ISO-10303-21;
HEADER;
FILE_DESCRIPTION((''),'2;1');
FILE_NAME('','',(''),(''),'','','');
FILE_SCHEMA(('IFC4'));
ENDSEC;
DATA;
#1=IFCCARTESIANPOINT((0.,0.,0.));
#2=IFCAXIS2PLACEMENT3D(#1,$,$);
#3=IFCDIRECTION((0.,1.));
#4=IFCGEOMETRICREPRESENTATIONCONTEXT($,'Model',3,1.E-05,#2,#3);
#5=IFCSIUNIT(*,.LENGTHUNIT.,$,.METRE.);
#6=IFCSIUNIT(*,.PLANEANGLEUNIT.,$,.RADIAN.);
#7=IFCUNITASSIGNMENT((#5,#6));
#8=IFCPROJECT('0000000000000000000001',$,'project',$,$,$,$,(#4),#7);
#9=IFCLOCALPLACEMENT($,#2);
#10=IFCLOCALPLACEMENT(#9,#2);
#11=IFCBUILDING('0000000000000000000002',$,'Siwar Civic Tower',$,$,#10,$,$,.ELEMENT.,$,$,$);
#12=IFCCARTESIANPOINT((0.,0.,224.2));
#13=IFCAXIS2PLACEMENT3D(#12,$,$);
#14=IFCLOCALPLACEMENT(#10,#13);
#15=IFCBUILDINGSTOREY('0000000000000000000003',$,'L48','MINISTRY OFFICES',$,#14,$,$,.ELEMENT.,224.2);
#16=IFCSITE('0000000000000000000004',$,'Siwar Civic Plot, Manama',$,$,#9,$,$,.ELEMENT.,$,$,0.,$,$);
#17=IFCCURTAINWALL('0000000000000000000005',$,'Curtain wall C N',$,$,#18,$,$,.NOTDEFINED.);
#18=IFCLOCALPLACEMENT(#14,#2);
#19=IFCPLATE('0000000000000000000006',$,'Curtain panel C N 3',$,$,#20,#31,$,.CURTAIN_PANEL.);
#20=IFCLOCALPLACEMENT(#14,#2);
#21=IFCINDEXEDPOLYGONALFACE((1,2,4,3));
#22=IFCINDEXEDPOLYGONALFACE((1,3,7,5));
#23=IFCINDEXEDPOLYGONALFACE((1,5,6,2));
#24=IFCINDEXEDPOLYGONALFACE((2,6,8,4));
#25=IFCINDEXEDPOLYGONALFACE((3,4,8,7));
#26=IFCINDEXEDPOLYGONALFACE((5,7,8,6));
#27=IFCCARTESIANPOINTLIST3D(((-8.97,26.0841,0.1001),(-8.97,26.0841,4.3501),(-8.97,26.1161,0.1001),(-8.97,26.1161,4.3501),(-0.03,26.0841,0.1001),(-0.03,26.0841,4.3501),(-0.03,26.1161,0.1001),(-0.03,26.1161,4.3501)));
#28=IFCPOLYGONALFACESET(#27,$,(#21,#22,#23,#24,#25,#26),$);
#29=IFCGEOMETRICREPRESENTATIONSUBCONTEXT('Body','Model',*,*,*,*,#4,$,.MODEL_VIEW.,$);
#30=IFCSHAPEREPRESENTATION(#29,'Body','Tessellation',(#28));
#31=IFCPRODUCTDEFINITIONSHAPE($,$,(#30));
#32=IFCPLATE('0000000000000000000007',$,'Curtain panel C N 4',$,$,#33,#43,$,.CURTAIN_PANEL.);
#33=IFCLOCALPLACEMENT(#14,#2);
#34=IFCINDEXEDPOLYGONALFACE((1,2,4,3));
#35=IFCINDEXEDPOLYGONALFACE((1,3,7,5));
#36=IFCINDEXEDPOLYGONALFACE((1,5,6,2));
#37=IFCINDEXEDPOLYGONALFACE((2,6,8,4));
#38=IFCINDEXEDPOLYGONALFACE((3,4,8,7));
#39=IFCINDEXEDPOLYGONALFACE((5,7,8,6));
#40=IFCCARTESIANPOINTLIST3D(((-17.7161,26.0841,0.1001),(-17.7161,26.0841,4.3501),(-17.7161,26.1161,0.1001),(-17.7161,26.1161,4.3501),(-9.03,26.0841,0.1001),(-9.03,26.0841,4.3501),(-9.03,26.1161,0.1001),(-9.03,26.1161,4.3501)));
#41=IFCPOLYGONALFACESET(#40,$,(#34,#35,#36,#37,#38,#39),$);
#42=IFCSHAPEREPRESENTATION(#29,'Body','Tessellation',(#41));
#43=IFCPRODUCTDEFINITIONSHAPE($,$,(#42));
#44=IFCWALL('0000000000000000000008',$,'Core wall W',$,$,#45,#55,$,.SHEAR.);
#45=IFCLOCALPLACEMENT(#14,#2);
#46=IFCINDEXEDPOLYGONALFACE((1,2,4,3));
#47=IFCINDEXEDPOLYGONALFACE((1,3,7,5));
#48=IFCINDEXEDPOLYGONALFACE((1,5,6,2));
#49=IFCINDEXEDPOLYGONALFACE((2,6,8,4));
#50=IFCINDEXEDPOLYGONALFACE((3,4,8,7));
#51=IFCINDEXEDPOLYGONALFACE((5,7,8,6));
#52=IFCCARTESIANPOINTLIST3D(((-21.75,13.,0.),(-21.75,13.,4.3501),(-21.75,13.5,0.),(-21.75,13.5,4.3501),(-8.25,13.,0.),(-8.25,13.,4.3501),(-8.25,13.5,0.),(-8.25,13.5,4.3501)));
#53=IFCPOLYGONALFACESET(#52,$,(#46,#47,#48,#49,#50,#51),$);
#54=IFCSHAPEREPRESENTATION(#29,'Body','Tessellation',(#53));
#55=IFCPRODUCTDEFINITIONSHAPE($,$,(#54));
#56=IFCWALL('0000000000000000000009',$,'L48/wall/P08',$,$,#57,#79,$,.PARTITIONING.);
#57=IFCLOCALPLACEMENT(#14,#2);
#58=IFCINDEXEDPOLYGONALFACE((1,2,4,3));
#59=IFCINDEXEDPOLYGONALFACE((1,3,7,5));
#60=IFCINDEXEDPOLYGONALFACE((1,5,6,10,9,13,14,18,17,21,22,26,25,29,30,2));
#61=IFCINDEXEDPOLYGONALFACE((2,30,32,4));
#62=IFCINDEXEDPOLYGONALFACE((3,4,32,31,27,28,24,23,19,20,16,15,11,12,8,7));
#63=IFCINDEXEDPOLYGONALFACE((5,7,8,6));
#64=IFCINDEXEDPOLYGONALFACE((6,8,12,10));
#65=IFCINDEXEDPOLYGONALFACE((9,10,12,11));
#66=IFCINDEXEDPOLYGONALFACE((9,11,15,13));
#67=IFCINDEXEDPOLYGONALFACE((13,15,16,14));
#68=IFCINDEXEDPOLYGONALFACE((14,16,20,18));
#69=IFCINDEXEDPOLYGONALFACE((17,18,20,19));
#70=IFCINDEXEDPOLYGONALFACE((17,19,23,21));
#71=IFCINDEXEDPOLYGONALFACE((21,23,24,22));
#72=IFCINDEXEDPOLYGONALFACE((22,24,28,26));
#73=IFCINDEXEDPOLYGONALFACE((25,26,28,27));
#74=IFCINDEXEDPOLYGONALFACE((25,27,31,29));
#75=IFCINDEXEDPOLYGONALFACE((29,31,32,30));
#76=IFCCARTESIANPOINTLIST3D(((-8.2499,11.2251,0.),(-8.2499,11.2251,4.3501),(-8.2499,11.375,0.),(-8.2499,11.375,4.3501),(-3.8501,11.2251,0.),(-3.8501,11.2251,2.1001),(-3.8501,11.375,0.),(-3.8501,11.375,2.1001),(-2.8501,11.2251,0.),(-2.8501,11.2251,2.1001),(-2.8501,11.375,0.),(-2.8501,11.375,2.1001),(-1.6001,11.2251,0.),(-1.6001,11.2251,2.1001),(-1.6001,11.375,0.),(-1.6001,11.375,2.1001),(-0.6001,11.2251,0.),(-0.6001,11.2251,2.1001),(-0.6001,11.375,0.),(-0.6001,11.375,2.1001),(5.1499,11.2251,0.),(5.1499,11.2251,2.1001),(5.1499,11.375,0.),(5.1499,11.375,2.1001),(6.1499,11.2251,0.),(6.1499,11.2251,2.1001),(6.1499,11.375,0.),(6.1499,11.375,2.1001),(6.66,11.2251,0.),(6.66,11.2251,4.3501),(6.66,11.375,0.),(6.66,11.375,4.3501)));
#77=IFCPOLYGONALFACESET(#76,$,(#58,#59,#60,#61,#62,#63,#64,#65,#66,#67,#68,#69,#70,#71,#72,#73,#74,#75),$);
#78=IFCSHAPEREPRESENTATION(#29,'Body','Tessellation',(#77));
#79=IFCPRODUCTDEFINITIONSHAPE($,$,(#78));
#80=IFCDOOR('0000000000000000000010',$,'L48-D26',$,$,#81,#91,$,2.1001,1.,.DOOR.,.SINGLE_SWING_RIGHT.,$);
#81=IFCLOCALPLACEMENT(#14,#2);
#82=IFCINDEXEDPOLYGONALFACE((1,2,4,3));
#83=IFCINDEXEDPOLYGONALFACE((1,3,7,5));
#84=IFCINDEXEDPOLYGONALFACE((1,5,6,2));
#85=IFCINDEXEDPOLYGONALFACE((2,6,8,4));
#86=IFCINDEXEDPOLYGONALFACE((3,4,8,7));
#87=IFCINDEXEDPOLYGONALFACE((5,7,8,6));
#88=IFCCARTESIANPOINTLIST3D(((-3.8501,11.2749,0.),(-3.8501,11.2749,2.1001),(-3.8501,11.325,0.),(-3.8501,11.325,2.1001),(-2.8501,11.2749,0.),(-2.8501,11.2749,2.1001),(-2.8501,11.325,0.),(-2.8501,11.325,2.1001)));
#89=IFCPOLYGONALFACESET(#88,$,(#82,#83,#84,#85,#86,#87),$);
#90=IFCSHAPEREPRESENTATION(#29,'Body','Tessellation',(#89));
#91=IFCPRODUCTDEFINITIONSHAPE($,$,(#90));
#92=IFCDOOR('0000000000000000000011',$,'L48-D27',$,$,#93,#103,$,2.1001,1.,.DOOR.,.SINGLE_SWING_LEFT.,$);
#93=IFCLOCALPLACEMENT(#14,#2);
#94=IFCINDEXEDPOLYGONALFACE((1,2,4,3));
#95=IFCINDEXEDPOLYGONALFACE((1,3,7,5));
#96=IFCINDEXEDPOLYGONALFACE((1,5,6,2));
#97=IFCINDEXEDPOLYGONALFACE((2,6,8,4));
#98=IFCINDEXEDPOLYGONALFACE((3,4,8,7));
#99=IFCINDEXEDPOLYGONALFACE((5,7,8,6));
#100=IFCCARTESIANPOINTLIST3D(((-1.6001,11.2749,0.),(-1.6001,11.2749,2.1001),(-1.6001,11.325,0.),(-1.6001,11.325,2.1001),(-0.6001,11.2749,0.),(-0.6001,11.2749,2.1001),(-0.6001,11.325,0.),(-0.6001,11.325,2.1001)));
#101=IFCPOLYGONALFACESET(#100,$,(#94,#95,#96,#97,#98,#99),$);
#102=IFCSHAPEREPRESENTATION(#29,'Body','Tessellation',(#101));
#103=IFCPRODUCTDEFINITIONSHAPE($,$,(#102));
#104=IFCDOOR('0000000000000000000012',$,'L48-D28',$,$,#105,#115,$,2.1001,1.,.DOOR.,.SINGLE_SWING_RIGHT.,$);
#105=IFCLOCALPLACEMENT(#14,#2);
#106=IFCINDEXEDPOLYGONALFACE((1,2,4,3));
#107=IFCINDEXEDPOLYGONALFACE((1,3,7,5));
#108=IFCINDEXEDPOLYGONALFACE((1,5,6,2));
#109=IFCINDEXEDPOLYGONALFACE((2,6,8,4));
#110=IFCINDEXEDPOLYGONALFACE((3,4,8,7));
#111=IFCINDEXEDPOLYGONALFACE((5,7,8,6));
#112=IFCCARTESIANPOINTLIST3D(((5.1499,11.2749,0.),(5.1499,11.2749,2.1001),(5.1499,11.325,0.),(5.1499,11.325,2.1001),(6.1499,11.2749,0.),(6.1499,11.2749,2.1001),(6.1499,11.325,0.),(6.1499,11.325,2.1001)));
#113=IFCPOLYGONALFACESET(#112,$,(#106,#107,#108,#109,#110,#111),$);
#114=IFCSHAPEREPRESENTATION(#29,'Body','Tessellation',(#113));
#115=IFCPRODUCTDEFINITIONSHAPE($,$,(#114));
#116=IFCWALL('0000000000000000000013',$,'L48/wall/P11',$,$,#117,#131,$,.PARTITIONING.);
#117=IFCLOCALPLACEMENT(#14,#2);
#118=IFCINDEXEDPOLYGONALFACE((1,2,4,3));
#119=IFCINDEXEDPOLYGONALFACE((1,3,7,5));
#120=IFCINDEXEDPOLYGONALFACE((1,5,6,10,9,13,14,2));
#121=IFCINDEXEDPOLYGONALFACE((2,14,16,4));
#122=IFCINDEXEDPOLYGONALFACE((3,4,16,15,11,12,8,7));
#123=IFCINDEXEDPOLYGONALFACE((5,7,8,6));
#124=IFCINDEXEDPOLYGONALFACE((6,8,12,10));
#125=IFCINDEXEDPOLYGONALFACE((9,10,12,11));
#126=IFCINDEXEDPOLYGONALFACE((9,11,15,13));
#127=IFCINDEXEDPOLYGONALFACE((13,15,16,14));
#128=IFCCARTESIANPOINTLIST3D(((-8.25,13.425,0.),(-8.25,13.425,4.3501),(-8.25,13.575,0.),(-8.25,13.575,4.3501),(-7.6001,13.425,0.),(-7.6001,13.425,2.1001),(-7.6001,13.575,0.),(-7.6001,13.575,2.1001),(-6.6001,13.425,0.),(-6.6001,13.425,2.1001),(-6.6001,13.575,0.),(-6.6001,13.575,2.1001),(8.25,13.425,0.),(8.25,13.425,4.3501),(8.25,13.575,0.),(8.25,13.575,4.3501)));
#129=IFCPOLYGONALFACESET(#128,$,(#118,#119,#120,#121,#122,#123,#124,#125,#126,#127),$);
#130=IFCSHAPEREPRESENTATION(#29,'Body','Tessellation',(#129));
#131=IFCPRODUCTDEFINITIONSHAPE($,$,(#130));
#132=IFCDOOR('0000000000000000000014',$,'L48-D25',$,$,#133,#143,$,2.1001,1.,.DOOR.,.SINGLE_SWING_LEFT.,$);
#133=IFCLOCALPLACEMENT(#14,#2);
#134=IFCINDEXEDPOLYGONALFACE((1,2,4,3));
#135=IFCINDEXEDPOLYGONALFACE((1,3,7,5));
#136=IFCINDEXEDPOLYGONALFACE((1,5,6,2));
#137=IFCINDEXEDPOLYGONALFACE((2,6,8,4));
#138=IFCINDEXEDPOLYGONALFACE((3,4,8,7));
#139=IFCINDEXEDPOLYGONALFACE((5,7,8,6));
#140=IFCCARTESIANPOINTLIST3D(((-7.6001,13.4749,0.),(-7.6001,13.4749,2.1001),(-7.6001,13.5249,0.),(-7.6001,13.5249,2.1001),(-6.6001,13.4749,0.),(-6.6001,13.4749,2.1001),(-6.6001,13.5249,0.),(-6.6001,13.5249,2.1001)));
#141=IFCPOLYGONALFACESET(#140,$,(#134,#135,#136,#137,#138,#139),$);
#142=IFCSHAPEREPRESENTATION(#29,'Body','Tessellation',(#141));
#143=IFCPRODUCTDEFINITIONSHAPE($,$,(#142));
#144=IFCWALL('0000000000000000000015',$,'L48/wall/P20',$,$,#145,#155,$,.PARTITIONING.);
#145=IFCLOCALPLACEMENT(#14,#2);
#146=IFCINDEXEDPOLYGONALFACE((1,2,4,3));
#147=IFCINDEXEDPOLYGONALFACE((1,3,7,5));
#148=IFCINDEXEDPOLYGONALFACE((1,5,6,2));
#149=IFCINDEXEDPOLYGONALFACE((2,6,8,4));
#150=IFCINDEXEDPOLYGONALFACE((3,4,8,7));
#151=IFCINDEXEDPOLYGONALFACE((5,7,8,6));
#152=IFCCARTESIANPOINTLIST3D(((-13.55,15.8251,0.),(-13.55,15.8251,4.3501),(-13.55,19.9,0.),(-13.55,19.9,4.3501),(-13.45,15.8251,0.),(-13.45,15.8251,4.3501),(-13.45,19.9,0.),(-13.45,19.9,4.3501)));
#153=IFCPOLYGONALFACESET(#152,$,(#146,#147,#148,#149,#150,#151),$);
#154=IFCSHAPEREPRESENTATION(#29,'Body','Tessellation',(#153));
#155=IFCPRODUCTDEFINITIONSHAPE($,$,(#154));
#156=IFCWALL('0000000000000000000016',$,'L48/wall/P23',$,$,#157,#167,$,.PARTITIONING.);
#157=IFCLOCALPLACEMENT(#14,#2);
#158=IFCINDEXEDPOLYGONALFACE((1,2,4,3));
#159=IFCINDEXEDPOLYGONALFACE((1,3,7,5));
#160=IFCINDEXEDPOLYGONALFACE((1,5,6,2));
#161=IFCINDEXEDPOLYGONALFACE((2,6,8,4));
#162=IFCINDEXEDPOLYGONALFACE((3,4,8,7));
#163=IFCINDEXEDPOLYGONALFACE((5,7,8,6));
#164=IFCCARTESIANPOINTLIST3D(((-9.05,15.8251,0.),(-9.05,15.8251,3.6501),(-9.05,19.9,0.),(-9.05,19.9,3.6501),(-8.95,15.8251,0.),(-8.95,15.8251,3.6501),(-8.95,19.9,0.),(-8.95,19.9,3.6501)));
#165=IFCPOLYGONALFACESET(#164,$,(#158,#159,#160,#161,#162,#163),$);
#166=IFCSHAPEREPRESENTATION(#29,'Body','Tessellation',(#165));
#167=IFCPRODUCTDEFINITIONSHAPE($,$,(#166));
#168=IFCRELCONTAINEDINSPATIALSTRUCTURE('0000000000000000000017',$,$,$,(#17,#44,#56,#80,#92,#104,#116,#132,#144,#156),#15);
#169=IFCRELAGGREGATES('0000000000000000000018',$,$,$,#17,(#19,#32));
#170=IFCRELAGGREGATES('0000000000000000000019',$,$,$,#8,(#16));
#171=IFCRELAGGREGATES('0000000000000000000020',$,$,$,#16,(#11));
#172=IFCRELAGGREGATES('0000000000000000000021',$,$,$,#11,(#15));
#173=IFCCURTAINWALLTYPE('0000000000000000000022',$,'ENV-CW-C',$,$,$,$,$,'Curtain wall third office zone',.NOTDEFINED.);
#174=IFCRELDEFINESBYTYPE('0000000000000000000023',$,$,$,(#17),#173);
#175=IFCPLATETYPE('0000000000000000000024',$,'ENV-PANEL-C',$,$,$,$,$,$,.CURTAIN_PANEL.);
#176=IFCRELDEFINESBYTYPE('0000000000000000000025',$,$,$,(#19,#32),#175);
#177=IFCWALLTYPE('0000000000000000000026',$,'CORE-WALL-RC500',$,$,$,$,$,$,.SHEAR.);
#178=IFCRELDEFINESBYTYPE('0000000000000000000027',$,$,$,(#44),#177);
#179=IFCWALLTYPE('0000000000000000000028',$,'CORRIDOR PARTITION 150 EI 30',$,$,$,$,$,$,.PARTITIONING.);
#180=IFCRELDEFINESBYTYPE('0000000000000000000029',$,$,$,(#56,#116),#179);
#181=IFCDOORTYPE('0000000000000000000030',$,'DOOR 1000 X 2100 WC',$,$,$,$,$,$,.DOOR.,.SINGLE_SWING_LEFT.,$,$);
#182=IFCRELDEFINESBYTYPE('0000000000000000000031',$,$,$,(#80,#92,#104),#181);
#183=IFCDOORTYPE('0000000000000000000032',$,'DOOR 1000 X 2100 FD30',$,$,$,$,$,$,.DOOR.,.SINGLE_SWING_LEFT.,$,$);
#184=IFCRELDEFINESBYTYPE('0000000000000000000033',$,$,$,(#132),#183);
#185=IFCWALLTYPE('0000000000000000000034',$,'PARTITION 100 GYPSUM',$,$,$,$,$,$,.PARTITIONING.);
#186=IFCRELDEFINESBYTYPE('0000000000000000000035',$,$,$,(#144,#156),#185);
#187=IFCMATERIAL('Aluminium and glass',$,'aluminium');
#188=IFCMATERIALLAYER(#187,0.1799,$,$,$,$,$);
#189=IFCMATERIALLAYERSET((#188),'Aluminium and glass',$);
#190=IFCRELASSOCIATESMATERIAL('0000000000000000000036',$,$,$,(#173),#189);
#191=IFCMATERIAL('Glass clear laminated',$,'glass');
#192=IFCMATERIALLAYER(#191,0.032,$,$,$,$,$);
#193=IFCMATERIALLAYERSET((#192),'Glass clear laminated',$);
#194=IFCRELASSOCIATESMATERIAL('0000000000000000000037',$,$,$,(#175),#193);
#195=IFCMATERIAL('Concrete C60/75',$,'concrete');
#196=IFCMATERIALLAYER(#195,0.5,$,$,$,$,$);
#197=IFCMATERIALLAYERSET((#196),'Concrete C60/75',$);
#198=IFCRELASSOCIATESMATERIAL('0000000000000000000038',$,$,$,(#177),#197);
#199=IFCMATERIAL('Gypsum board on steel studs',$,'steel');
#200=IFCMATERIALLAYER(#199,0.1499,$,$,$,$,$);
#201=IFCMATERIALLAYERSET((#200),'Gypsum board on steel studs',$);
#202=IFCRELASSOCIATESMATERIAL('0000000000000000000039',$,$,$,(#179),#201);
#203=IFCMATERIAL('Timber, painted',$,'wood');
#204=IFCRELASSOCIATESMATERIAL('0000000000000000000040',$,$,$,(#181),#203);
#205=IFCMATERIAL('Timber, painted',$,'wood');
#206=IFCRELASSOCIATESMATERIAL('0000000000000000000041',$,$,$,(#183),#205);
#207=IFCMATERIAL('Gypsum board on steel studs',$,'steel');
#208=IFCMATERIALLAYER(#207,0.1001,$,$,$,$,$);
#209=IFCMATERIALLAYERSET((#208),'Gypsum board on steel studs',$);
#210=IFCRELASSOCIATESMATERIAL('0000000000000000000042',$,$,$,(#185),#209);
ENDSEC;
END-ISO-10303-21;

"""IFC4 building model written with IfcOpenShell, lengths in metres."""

from ifc_helpers import new_model, si_unit, direction, frame, frame_2d, origin, origin_2d, place, context, subcontext, project, spatial, rectangle, extrude, material, layer, layer_set, type_object, element, fill, aggregate, save


model = new_model("IFC4")

# Units and contexts
model_context = context("Model", 3, precision=1e-05, world=origin(), true_north=direction((0.0, 1.0)))
body_context = subcontext(model_context, "Body", "Model", "MODEL_VIEW")
ifc_project = project(units=[si_unit("LENGTHUNIT", "METRE"), si_unit("PLANEANGLEUNIT", "RADIAN")], contexts=[model_context])

# Site, building, storey
site_placement = place(None, origin())
site = spatial("IfcSite", under=ifc_project, at=site_placement, Name="Siwar Civic Plot, Manama", CompositionType="ELEMENT", RefElevation=0.0)
building_placement = place(site_placement, origin())
building = spatial("IfcBuilding", under=site, at=building_placement, Name="Siwar Civic Tower", CompositionType="ELEMENT")
storey_placement = place(building_placement, frame((0.0, 0.0, 224.2)))
storey = spatial("IfcBuildingStorey", under=building, at=storey_placement, Name="L48", Description="MINISTRY OFFICES", CompositionType="ELEMENT", Elevation=224.2)

# Curtain wall
ifc_material_1 = material(Name="Aluminium and glass", Category="aluminium")
ifc_layer_1 = layer(ifc_material_1, 0.1799)
ifc_layer_set_1 = layer_set([ifc_layer_1], Name="Aluminium and glass")
curtain_wall_type = type_object("IfcCurtainWallType", Name="ENV-CW-C", ElementType="Curtain wall third office zone", PredefinedType="NOTDEFINED", material=ifc_layer_set_1)
curtain_wall_placement = place(storey_placement, origin())
curtain_wall = element("IfcCurtainWall", 1, at=curtain_wall_placement, inside=storey, type_object=curtain_wall_type, Name="Curtain wall C N", PredefinedType="NOTDEFINED")

# Plates
ifc_material_2 = material(Name="Glass clear laminated", Category="glass")
ifc_layer_2 = layer(ifc_material_2, 0.032)
ifc_layer_set_2 = layer_set([ifc_layer_2], Name="Glass clear laminated")
plate_type = type_object("IfcPlateType", Name="ENV-PANEL-C", PredefinedType="CURTAIN_PANEL", material=ifc_layer_set_2)
plate_1_placement = place(storey_placement, frame((-4.5, 26.1001, 0.1001), z_axis=(0.0, 0.0, 1.0), x_axis=(-1.0, 0.0, 0.0)))
plate_1 = element("IfcPlate", 2, at=plate_1_placement, type_object=plate_type, Name="Curtain panel C N 3", PredefinedType="CURTAIN_PANEL", context=body_context, shape_type="SweptSolid", body=[
    extrude(rectangle(XDim=8.9399, YDim=0.032, at=origin_2d()), origin(), (0.0, 0.0, 1.0), 4.25),
])
plate_2_placement = place(storey_placement, frame((-13.373, 26.1001, 0.1001), z_axis=(0.0, 0.0, 1.0), x_axis=(-1.0, 0.0, 0.0)))
plate_2 = element("IfcPlate", 3, at=plate_2_placement, type_object=plate_type, Name="Curtain panel C N 4", PredefinedType="CURTAIN_PANEL", context=body_context, shape_type="SweptSolid", body=[
    extrude(rectangle(XDim=8.686, YDim=0.032, at=origin_2d()), origin(), (0.0, 0.0, 1.0), 4.25),
])
aggregate(curtain_wall, [plate_1, plate_2])

# Wall
ifc_material_3 = material(Name="Concrete C60/75", Category="concrete")
ifc_layer_3 = layer(ifc_material_3, 0.5)
ifc_layer_set_3 = layer_set([ifc_layer_3], Name="Concrete C60/75")
wall_type_1 = type_object("IfcWallType", Name="CORE-WALL-RC500", PredefinedType="SHEAR", material=ifc_layer_set_3)
wall_1_placement = place(storey_placement, frame((-8.25, 13.25, 0.0), z_axis=(0.0, 0.0, 1.0), x_axis=(-1.0, 0.0, 0.0)))
element("IfcWall", 4, at=wall_1_placement, inside=storey, type_object=wall_type_1, Name="Core wall W", PredefinedType="SHEAR", context=body_context, shape_type="SweptSolid", body=[
    extrude(rectangle(XDim=13.5, YDim=0.5, at=frame_2d((6.75, 0.0))), origin(), (0.0, 0.0, 1.0), 4.3501),
])

# Wall, openings, doors
ifc_material_4 = material(Name="Gypsum board on steel studs", Category="steel")
ifc_layer_4 = layer(ifc_material_4, 0.1499)
ifc_layer_set_4 = layer_set([ifc_layer_4], Name="Gypsum board on steel studs")
wall_type_2 = type_object("IfcWallType", Name="CORRIDOR PARTITION 150 EI 30", PredefinedType="PARTITIONING", material=ifc_layer_set_4)
wall_2_placement = place(storey_placement, frame((-8.25, 11.3, 0.0), z_axis=(0.0, 0.0, 1.0), x_axis=(1.0, 0.0, 0.0)))
wall_2 = element("IfcWall", 5, at=wall_2_placement, inside=storey, type_object=wall_type_2, Name="L48/wall/P08", PredefinedType="PARTITIONING", context=body_context, shape_type="SweptSolid", body=[
    extrude(rectangle(XDim=14.9099, YDim=0.1499, at=frame_2d((7.4551, 0.0))), origin(), (0.0, 0.0, 1.0), 4.3501),
])
opening_1_placement = place(wall_2_placement, frame((4.3999, 0.0, 0.0)))
opening_1 = element("IfcOpeningElement", 6, at=opening_1_placement, cuts=wall_2, PredefinedType="OPENING", context=body_context, shape_type="SweptSolid", body=[
    extrude(rectangle(XDim=1.0, YDim=2.1001, at=frame_2d((0.5, 1.05))), frame((0.0, 0.085, 0.0), z_axis=(0.0, -1.0, 0.0), x_axis=(1.0, 0.0, 0.0)), (0.0, 0.0, 1.0), 0.1699),
])
opening_2_placement = place(wall_2_placement, frame((6.6499, 0.0, 0.0)))
opening_2 = element("IfcOpeningElement", 7, at=opening_2_placement, cuts=wall_2, PredefinedType="OPENING", context=body_context, shape_type="SweptSolid", body=[
    extrude(rectangle(XDim=1.0, YDim=2.1001, at=frame_2d((0.5, 1.05))), frame((0.0, 0.085, 0.0), z_axis=(0.0, -1.0, 0.0), x_axis=(1.0, 0.0, 0.0)), (0.0, 0.0, 1.0), 0.1699),
])
opening_3_placement = place(wall_2_placement, frame((13.3999, 0.0, 0.0)))
opening_3 = element("IfcOpeningElement", 8, at=opening_3_placement, cuts=wall_2, PredefinedType="OPENING", context=body_context, shape_type="SweptSolid", body=[
    extrude(rectangle(XDim=1.0, YDim=2.1001, at=frame_2d((0.5, 1.05))), frame((0.0, 0.085, 0.0), z_axis=(0.0, -1.0, 0.0), x_axis=(1.0, 0.0, 0.0)), (0.0, 0.0, 1.0), 0.1699),
])
ifc_material_5 = material(Name="Timber, painted", Category="wood")
door_type_1 = type_object("IfcDoorType", Name="DOOR 1000 X 2100 WC", OperationType="SINGLE_SWING_LEFT", PredefinedType="DOOR", material=ifc_material_5)
door_1_placement = place(opening_1_placement, origin())
door_1 = element("IfcDoor", 9, at=door_1_placement, inside=storey, type_object=door_type_1, Name="L48-D26", OperationType="SINGLE_SWING_RIGHT", OverallHeight=2.1001, OverallWidth=1.0, PredefinedType="DOOR", context=body_context, shape_type="SweptSolid", body=[
    extrude(rectangle(XDim=1.0, YDim=2.1001, at=frame_2d((0.5, 1.05))), frame((0.0, 0.0249, 0.0), z_axis=(0.0, -1.0, 0.0), x_axis=(1.0, 0.0, 0.0)), (0.0, 0.0, 1.0), 0.05),
])
fill(opening_1, door_1)
door_2_placement = place(opening_2_placement, origin())
door_2 = element("IfcDoor", 10, at=door_2_placement, inside=storey, type_object=door_type_1, Name="L48-D27", OperationType="SINGLE_SWING_LEFT", OverallHeight=2.1001, OverallWidth=1.0, PredefinedType="DOOR", context=body_context, shape_type="SweptSolid", body=[
    extrude(rectangle(XDim=1.0, YDim=2.1001, at=frame_2d((0.5, 1.05))), frame((0.0, 0.0249, 0.0), z_axis=(0.0, -1.0, 0.0), x_axis=(1.0, 0.0, 0.0)), (0.0, 0.0, 1.0), 0.05),
])
fill(opening_2, door_2)
door_3_placement = place(opening_3_placement, origin())
door_3 = element("IfcDoor", 11, at=door_3_placement, inside=storey, type_object=door_type_1, Name="L48-D28", OperationType="SINGLE_SWING_RIGHT", OverallHeight=2.1001, OverallWidth=1.0, PredefinedType="DOOR", context=body_context, shape_type="SweptSolid", body=[
    extrude(rectangle(XDim=1.0, YDim=2.1001, at=frame_2d((0.5, 1.05))), frame((0.0, 0.0249, 0.0), z_axis=(0.0, -1.0, 0.0), x_axis=(1.0, 0.0, 0.0)), (0.0, 0.0, 1.0), 0.05),
])
fill(opening_3, door_3)

# Wall, opening, door
wall_3_placement = place(storey_placement, frame((-8.25, 13.5, 0.0), z_axis=(0.0, 0.0, 1.0), x_axis=(1.0, 0.0, 0.0)))
wall_3 = element("IfcWall", 12, at=wall_3_placement, inside=storey, type_object=wall_type_2, Name="L48/wall/P11", PredefinedType="PARTITIONING", context=body_context, shape_type="SweptSolid", body=[
    extrude(rectangle(XDim=16.5, YDim=0.1499, at=frame_2d((8.25, 0.0))), origin(), (0.0, 0.0, 1.0), 4.3501),
])
opening_4_placement = place(wall_3_placement, frame((0.6499, 0.0, 0.0)))
opening_4 = element("IfcOpeningElement", 13, at=opening_4_placement, cuts=wall_3, PredefinedType="OPENING", context=body_context, shape_type="SweptSolid", body=[
    extrude(rectangle(XDim=1.0, YDim=2.1001, at=frame_2d((0.5, 1.05))), frame((0.0, 0.085, 0.0), z_axis=(0.0, -1.0, 0.0), x_axis=(1.0, 0.0, 0.0)), (0.0, 0.0, 1.0), 0.1699),
])
ifc_material_6 = material(Name="Timber, painted", Category="wood")
door_type_2 = type_object("IfcDoorType", Name="DOOR 1000 X 2100 FD30", OperationType="SINGLE_SWING_LEFT", PredefinedType="DOOR", material=ifc_material_6)
door_4_placement = place(opening_4_placement, origin())
door_4 = element("IfcDoor", 14, at=door_4_placement, inside=storey, type_object=door_type_2, Name="L48-D25", OperationType="SINGLE_SWING_LEFT", OverallHeight=2.1001, OverallWidth=1.0, PredefinedType="DOOR", context=body_context, shape_type="SweptSolid", body=[
    extrude(rectangle(XDim=1.0, YDim=2.1001, at=frame_2d((0.5, 1.05))), frame((0.0, 0.0249, 0.0), z_axis=(0.0, -1.0, 0.0), x_axis=(1.0, 0.0, 0.0)), (0.0, 0.0, 1.0), 0.05),
])
fill(opening_4, door_4)

# Walls
ifc_material_7 = material(Name="Gypsum board on steel studs", Category="steel")
ifc_layer_5 = layer(ifc_material_7, 0.1001)
ifc_layer_set_5 = layer_set([ifc_layer_5], Name="Gypsum board on steel studs")
wall_type_3 = type_object("IfcWallType", Name="PARTITION 100 GYPSUM", PredefinedType="PARTITIONING", material=ifc_layer_set_5)
wall_4_placement = place(storey_placement, frame((-13.5, 15.825, 0.0), z_axis=(0.0, 0.0, 1.0), x_axis=(0.0, 1.0, 0.0)))
element("IfcWall", 15, at=wall_4_placement, inside=storey, type_object=wall_type_3, Name="L48/wall/P20", PredefinedType="PARTITIONING", context=body_context, shape_type="SweptSolid", body=[
    extrude(rectangle(XDim=4.075, YDim=0.1001, at=frame_2d((2.0376, 0.0))), origin(), (0.0, 0.0, 1.0), 4.3501),
])
wall_5_placement = place(storey_placement, frame((-9.0, 15.825, 0.0), z_axis=(0.0, 0.0, 1.0), x_axis=(0.0, 1.0, 0.0)))
element("IfcWall", 16, at=wall_5_placement, inside=storey, type_object=wall_type_3, Name="L48/wall/P23", PredefinedType="PARTITIONING", context=body_context, shape_type="SweptSolid", body=[
    extrude(rectangle(XDim=4.075, YDim=0.1001, at=frame_2d((2.0376, 0.0))), origin(), (0.0, 0.0, 1.0), 3.6501),
])

save(model, "model.ifc")
